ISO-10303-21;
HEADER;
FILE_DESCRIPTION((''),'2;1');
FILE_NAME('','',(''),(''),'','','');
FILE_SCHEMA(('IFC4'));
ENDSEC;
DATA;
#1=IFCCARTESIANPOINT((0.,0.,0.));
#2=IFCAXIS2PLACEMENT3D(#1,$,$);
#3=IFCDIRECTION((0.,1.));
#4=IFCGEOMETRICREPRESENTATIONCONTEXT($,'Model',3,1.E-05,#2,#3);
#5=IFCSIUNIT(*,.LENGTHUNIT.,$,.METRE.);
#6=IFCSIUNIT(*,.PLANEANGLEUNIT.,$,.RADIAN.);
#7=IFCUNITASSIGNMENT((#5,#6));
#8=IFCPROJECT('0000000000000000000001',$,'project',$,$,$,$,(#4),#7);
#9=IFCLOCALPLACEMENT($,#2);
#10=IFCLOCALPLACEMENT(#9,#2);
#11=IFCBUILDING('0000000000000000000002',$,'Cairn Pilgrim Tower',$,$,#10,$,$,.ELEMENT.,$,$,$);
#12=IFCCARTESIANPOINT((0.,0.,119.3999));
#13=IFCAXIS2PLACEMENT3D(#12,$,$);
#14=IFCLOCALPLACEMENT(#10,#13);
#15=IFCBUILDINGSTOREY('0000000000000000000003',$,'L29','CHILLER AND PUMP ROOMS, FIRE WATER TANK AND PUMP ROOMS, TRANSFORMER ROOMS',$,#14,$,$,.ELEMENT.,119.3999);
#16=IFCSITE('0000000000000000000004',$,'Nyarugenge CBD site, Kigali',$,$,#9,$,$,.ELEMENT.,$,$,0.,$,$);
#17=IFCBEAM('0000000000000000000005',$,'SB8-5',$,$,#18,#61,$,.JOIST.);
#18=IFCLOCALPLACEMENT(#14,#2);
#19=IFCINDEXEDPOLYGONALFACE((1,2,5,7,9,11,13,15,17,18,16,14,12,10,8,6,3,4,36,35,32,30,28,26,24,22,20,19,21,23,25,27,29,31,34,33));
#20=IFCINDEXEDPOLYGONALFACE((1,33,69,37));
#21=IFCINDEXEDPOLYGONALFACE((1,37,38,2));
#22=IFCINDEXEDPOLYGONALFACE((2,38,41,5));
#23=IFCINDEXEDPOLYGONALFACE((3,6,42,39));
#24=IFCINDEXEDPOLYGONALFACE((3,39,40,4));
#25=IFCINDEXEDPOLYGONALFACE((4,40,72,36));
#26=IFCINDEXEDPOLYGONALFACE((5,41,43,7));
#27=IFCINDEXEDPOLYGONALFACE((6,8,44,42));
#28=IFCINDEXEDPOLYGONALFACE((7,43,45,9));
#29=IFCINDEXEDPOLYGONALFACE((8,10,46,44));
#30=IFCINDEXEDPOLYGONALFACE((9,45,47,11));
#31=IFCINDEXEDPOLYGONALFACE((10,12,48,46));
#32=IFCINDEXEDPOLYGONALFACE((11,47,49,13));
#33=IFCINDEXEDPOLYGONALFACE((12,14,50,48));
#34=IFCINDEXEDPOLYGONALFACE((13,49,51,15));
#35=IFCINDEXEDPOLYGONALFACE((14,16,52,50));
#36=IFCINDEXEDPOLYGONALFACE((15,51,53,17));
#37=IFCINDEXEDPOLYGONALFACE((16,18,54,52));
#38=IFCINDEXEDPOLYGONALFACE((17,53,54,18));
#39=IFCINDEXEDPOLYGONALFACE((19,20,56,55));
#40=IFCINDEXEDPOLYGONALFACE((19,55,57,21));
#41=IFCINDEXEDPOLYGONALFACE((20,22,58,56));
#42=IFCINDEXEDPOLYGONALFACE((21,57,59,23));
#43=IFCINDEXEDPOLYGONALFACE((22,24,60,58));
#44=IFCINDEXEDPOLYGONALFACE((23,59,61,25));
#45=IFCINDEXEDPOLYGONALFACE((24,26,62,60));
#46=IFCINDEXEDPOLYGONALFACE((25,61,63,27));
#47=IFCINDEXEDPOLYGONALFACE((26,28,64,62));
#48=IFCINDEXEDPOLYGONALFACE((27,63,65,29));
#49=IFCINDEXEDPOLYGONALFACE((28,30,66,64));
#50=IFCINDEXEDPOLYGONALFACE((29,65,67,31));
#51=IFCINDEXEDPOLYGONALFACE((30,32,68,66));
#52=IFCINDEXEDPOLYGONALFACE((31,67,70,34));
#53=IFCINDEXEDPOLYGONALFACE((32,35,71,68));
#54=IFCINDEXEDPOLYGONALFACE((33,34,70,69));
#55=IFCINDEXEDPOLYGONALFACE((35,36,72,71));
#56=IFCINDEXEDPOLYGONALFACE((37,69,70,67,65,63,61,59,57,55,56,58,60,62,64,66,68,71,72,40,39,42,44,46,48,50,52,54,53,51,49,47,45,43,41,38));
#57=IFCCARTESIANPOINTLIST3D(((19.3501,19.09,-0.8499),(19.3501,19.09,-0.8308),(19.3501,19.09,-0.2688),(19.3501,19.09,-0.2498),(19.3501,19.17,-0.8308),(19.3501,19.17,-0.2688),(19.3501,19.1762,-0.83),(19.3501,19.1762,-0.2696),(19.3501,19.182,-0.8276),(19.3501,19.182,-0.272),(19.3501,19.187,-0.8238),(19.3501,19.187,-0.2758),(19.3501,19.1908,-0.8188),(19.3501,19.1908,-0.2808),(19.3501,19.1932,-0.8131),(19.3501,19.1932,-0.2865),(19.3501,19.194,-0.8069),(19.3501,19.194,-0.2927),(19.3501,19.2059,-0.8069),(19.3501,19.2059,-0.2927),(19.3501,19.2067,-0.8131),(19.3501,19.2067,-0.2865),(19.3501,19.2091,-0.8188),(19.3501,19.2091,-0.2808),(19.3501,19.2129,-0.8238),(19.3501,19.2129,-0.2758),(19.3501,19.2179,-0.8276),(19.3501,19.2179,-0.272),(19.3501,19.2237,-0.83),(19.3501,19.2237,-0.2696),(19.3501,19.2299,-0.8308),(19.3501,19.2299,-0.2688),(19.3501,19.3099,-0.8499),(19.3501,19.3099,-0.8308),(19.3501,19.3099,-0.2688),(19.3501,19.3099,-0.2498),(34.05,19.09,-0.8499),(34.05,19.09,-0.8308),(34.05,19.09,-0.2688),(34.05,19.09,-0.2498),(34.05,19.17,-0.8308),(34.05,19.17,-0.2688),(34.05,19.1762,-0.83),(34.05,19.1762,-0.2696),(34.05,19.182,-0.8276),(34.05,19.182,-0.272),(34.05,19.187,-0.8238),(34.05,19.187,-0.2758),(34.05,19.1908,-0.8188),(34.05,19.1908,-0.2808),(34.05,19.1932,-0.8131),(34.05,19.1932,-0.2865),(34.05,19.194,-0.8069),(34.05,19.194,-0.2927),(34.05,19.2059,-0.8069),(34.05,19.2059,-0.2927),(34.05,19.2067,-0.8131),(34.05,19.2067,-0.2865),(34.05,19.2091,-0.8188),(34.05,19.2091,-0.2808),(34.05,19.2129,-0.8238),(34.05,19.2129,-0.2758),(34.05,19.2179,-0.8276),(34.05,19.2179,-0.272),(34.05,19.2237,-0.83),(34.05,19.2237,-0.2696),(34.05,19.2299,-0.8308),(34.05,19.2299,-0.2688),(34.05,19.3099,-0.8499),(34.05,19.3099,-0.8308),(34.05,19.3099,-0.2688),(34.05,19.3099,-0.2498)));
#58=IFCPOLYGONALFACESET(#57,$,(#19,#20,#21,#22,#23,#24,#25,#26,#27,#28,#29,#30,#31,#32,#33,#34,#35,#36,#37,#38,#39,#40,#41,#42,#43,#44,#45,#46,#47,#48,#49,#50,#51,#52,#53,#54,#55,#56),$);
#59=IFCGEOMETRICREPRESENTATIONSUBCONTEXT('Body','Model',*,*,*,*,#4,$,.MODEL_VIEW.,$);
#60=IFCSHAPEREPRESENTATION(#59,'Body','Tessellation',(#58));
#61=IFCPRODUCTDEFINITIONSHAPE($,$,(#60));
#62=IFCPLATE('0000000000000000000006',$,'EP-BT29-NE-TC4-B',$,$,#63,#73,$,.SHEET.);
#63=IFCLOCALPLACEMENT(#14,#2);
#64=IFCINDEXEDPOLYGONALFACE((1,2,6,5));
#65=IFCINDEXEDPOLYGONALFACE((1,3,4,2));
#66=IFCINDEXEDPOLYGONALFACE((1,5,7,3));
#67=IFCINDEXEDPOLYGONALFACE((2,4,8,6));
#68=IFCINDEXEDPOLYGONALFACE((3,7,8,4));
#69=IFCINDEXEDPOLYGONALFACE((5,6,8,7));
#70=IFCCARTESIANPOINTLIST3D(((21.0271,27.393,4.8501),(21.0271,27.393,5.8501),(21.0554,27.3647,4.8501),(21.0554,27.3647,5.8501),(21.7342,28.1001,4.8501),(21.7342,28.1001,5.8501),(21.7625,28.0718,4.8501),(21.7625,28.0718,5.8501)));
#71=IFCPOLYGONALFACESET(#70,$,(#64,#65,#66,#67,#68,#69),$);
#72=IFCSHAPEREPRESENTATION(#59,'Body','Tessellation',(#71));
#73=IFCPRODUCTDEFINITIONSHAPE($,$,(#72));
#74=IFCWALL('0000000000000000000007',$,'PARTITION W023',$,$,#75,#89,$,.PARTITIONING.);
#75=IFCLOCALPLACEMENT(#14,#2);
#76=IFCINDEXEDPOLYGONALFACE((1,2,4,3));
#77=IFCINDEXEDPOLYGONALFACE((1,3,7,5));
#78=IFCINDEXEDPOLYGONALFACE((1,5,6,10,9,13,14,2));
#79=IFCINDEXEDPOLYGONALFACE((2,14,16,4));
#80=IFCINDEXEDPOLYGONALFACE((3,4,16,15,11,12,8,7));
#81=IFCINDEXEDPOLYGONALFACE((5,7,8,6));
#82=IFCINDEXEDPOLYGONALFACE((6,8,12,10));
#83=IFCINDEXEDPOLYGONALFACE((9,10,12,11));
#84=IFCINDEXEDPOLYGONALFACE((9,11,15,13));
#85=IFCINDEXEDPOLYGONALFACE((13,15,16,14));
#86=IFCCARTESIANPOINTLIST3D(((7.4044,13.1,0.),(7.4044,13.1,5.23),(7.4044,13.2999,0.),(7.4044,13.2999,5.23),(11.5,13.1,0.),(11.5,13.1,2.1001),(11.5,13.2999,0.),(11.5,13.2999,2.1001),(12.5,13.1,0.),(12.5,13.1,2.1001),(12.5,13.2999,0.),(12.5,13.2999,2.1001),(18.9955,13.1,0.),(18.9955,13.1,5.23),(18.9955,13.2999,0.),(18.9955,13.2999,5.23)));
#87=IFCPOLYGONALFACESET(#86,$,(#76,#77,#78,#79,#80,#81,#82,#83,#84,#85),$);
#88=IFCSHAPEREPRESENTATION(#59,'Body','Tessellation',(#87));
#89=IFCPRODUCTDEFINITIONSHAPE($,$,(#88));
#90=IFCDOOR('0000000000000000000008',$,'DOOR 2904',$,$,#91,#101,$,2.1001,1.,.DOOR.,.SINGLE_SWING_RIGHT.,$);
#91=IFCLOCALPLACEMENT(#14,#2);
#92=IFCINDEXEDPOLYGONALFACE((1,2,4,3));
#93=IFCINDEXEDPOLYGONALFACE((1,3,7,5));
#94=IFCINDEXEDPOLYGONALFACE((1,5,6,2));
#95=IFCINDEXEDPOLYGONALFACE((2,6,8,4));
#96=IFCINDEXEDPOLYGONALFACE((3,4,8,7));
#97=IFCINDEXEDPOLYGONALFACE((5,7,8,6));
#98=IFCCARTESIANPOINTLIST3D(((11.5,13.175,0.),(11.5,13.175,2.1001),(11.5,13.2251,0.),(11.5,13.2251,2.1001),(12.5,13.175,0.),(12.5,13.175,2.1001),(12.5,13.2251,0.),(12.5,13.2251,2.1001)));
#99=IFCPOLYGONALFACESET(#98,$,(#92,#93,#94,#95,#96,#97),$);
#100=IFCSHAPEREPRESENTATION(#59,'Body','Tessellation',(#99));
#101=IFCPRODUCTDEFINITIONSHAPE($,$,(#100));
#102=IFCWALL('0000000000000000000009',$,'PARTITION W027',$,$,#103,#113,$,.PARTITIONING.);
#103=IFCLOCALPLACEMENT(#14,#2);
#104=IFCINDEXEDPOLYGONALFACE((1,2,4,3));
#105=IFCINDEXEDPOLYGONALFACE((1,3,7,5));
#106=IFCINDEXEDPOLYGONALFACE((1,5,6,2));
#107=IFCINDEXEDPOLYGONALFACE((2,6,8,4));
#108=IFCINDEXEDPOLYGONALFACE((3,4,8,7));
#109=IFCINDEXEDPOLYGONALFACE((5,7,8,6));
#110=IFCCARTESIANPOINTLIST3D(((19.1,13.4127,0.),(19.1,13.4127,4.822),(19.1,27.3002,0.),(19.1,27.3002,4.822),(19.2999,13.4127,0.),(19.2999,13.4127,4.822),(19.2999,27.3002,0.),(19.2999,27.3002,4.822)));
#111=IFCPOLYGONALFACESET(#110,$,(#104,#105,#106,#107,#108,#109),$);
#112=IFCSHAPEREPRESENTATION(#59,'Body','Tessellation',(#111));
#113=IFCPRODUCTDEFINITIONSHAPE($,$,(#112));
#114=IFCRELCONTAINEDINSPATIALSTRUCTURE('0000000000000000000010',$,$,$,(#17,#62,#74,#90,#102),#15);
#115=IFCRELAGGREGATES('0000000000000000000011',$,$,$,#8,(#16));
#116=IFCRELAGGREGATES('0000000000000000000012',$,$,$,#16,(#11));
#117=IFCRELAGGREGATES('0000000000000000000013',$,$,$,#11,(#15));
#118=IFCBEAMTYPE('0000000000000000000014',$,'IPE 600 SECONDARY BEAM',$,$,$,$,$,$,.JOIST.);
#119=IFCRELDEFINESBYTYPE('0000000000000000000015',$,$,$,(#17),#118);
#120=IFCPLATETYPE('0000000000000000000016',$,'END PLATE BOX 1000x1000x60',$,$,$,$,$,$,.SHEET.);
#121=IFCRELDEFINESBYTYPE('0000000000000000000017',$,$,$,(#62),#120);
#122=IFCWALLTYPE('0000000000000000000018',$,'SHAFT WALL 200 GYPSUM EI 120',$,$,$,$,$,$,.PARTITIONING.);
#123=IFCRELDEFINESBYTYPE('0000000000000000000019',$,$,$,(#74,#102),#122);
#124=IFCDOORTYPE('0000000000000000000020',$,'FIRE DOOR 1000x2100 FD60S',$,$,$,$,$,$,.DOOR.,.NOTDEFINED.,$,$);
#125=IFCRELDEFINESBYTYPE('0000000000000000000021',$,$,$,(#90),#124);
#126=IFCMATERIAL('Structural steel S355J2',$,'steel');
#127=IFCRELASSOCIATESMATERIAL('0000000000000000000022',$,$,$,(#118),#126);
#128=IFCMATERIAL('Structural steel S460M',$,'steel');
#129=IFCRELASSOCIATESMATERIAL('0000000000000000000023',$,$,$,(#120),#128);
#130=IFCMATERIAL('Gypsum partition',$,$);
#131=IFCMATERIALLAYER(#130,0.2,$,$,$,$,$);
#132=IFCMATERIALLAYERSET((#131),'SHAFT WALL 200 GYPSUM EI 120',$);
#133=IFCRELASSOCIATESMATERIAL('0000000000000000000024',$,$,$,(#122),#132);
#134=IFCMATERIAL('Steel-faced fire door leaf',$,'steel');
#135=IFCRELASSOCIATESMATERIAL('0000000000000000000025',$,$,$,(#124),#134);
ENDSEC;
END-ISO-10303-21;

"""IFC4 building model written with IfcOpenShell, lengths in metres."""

from ifc_helpers import new_model, si_unit, direction, frame, frame_2d, origin, origin_2d, place, context, subcontext, project, spatial, rectangle, i_section, extrude, material, layer, layer_set, material_profile, profile_set, type_object, element, fill, save


model = new_model("IFC4")

# Units and contexts
model_context = context("Model", 3, precision=1e-05, world=origin(), true_north=direction((0.0, 1.0)))
body_context = subcontext(model_context, "Body", "Model", "MODEL_VIEW")
ifc_project = project(units=[si_unit("LENGTHUNIT", "METRE"), si_unit("PLANEANGLEUNIT", "RADIAN")], contexts=[model_context])

# Site, building, storey
site_placement = place(None, origin())
site = spatial("IfcSite", under=ifc_project, at=site_placement, Name="Nyarugenge CBD site, Kigali", CompositionType="ELEMENT", RefElevation=0.0)
building_placement = place(site_placement, origin())
building = spatial("IfcBuilding", under=site, at=building_placement, Name="Cairn Pilgrim Tower", CompositionType="ELEMENT")
storey_placement = place(building_placement, frame((0.0, 0.0, 119.3999)))
storey = spatial("IfcBuildingStorey", under=building, at=storey_placement, Name="L29", Description="CHILLER AND PUMP ROOMS, FIRE WATER TANK AND PUMP ROOMS, TRANSFORMER ROOMS", CompositionType="ELEMENT", Elevation=119.3999)

# Shared definitions
ifc_material_1 = material(Name="Structural steel S460M", Category="steel")

# Beam
ifc_material_2 = material(Name="Structural steel S355J2", Category="steel")
ifc_material_profile_1 = material_profile(ifc_material_2, i_section(OverallWidth=0.22, OverallDepth=0.6001, WebThickness=0.012, FlangeThickness=0.019, FilletRadius=0.0239, at=origin_2d()), Name="IPE 600")
ifc_profile_set_1 = profile_set([ifc_material_profile_1], Name="Structural steel S355J2")
beam_type_1 = type_object("IfcBeamType", Name="IPE 600 SECONDARY BEAM", PredefinedType="JOIST", material=ifc_profile_set_1)
beam_1_placement = place(storey_placement, frame((19.3501, 19.2, -0.5498), z_axis=(1.0, 0.0, 0.0), x_axis=(0.0, 1.0, 0.0)))
element("IfcBeam", 1, at=beam_1_placement, inside=storey, type_object=beam_type_1, Name="SB8-5", PredefinedType="JOIST", context=body_context, shape_type="SweptSolid", body=[
    extrude(i_section(OverallWidth=0.22, OverallDepth=0.6001, WebThickness=0.012, FlangeThickness=0.019, FilletRadius=0.0239, at=origin_2d()), origin(), (0.0, 0.0, 1.0), 14.7),
])

# Plate
ifc_material_profile_2 = material_profile(ifc_material_1, rectangle(XDim=1.0, YDim=1.0, at=origin_2d()), Name="END PLATE BOX 1000x1000x60")
ifc_profile_set_2 = profile_set([ifc_material_profile_2], Name="Structural steel S460M")
plate_type = type_object("IfcPlateType", Name="END PLATE BOX 1000x1000x60", PredefinedType="SHEET", material=ifc_profile_set_2)
plate_placement = place(storey_placement, frame((21.4089, 27.7183, 5.3501), z_axis=(-0.707107, 0.707107, 0.0), x_axis=(-0.707107, -0.707107, 0.0)))
element("IfcPlate", 2, at=plate_placement, inside=storey, type_object=plate_type, Name="EP-BT29-NE-TC4-B", PredefinedType="SHEET", context=body_context, shape_type="SweptSolid", body=[
    extrude(rectangle(XDim=1.0, YDim=1.0, at=origin_2d()), origin(), (0.0, 0.0, 1.0), 0.04),
])

# Wall, opening, door
ifc_material_3 = material(Name="Gypsum partition")
ifc_layer = layer(ifc_material_3, 0.2)
ifc_layer_set = layer_set([ifc_layer], Name="SHAFT WALL 200 GYPSUM EI 120")
wall_type = type_object("IfcWallType", Name="SHAFT WALL 200 GYPSUM EI 120", PredefinedType="PARTITIONING", material=ifc_layer_set)
wall_1_placement = place(storey_placement, frame((7.4045, 13.2, 0.0), z_axis=(0.0, 0.0, 1.0), x_axis=(1.0, 0.0, 0.0)))
wall_1 = element("IfcWall", 3, at=wall_1_placement, inside=storey, type_object=wall_type, Name="PARTITION W023", PredefinedType="PARTITIONING", context=body_context, shape_type="SweptSolid", body=[
    extrude(rectangle(XDim=11.5911, YDim=0.2, at=frame_2d((5.7954, 0.0))), origin(), (0.0, 0.0, 1.0), 5.23),
])
opening_placement = place(wall_1_placement, frame((4.0955, 0.0, 0.0)))
opening = element("IfcOpeningElement", 4, at=opening_placement, cuts=wall_1, PredefinedType="OPENING", context=body_context, shape_type="SweptSolid", body=[
    extrude(rectangle(XDim=1.0, YDim=2.1001, at=frame_2d((0.5, 1.05))), frame((0.0, 0.1099, 0.0), z_axis=(0.0, -1.0, 0.0), x_axis=(1.0, 0.0, 0.0)), (0.0, 0.0, 1.0), 0.22),
])
ifc_material_4 = material(Name="Steel-faced fire door leaf", Category="steel")
door_type = type_object("IfcDoorType", Name="FIRE DOOR 1000x2100 FD60S", OperationType="NOTDEFINED", PredefinedType="DOOR", material=ifc_material_4)
door_placement = place(opening_placement, frame((1.0, 0.0, 0.0), z_axis=(0.0, 0.0, 1.0), x_axis=(-1.0, 0.0, 0.0)))
door = element("IfcDoor", 5, at=door_placement, inside=storey, type_object=door_type, Name="DOOR 2904", OperationType="SINGLE_SWING_RIGHT", OverallHeight=2.1001, OverallWidth=1.0, PredefinedType="DOOR", context=body_context, shape_type="SweptSolid", body=[
    extrude(rectangle(XDim=1.0, YDim=2.1001, at=frame_2d((0.5, 1.05))), frame((0.0, 0.0249, 0.0), z_axis=(0.0, -1.0, 0.0), x_axis=(1.0, 0.0, 0.0)), (0.0, 0.0, 1.0), 0.05),
])
fill(opening, door)

# Wall
wall_2_placement = place(storey_placement, frame((19.2, 13.4126, 0.0), z_axis=(0.0, 0.0, 1.0), x_axis=(0.0, 1.0, 0.0)))
element("IfcWall", 6, at=wall_2_placement, inside=storey, type_object=wall_type, Name="PARTITION W027", PredefinedType="PARTITIONING", context=body_context, shape_type="SweptSolid", body=[
    extrude(rectangle(XDim=13.8875, YDim=0.2, at=frame_2d((6.9438, 0.0))), origin(), (0.0, 0.0, 1.0), 4.822),
])

save(model, "model.ifc")
